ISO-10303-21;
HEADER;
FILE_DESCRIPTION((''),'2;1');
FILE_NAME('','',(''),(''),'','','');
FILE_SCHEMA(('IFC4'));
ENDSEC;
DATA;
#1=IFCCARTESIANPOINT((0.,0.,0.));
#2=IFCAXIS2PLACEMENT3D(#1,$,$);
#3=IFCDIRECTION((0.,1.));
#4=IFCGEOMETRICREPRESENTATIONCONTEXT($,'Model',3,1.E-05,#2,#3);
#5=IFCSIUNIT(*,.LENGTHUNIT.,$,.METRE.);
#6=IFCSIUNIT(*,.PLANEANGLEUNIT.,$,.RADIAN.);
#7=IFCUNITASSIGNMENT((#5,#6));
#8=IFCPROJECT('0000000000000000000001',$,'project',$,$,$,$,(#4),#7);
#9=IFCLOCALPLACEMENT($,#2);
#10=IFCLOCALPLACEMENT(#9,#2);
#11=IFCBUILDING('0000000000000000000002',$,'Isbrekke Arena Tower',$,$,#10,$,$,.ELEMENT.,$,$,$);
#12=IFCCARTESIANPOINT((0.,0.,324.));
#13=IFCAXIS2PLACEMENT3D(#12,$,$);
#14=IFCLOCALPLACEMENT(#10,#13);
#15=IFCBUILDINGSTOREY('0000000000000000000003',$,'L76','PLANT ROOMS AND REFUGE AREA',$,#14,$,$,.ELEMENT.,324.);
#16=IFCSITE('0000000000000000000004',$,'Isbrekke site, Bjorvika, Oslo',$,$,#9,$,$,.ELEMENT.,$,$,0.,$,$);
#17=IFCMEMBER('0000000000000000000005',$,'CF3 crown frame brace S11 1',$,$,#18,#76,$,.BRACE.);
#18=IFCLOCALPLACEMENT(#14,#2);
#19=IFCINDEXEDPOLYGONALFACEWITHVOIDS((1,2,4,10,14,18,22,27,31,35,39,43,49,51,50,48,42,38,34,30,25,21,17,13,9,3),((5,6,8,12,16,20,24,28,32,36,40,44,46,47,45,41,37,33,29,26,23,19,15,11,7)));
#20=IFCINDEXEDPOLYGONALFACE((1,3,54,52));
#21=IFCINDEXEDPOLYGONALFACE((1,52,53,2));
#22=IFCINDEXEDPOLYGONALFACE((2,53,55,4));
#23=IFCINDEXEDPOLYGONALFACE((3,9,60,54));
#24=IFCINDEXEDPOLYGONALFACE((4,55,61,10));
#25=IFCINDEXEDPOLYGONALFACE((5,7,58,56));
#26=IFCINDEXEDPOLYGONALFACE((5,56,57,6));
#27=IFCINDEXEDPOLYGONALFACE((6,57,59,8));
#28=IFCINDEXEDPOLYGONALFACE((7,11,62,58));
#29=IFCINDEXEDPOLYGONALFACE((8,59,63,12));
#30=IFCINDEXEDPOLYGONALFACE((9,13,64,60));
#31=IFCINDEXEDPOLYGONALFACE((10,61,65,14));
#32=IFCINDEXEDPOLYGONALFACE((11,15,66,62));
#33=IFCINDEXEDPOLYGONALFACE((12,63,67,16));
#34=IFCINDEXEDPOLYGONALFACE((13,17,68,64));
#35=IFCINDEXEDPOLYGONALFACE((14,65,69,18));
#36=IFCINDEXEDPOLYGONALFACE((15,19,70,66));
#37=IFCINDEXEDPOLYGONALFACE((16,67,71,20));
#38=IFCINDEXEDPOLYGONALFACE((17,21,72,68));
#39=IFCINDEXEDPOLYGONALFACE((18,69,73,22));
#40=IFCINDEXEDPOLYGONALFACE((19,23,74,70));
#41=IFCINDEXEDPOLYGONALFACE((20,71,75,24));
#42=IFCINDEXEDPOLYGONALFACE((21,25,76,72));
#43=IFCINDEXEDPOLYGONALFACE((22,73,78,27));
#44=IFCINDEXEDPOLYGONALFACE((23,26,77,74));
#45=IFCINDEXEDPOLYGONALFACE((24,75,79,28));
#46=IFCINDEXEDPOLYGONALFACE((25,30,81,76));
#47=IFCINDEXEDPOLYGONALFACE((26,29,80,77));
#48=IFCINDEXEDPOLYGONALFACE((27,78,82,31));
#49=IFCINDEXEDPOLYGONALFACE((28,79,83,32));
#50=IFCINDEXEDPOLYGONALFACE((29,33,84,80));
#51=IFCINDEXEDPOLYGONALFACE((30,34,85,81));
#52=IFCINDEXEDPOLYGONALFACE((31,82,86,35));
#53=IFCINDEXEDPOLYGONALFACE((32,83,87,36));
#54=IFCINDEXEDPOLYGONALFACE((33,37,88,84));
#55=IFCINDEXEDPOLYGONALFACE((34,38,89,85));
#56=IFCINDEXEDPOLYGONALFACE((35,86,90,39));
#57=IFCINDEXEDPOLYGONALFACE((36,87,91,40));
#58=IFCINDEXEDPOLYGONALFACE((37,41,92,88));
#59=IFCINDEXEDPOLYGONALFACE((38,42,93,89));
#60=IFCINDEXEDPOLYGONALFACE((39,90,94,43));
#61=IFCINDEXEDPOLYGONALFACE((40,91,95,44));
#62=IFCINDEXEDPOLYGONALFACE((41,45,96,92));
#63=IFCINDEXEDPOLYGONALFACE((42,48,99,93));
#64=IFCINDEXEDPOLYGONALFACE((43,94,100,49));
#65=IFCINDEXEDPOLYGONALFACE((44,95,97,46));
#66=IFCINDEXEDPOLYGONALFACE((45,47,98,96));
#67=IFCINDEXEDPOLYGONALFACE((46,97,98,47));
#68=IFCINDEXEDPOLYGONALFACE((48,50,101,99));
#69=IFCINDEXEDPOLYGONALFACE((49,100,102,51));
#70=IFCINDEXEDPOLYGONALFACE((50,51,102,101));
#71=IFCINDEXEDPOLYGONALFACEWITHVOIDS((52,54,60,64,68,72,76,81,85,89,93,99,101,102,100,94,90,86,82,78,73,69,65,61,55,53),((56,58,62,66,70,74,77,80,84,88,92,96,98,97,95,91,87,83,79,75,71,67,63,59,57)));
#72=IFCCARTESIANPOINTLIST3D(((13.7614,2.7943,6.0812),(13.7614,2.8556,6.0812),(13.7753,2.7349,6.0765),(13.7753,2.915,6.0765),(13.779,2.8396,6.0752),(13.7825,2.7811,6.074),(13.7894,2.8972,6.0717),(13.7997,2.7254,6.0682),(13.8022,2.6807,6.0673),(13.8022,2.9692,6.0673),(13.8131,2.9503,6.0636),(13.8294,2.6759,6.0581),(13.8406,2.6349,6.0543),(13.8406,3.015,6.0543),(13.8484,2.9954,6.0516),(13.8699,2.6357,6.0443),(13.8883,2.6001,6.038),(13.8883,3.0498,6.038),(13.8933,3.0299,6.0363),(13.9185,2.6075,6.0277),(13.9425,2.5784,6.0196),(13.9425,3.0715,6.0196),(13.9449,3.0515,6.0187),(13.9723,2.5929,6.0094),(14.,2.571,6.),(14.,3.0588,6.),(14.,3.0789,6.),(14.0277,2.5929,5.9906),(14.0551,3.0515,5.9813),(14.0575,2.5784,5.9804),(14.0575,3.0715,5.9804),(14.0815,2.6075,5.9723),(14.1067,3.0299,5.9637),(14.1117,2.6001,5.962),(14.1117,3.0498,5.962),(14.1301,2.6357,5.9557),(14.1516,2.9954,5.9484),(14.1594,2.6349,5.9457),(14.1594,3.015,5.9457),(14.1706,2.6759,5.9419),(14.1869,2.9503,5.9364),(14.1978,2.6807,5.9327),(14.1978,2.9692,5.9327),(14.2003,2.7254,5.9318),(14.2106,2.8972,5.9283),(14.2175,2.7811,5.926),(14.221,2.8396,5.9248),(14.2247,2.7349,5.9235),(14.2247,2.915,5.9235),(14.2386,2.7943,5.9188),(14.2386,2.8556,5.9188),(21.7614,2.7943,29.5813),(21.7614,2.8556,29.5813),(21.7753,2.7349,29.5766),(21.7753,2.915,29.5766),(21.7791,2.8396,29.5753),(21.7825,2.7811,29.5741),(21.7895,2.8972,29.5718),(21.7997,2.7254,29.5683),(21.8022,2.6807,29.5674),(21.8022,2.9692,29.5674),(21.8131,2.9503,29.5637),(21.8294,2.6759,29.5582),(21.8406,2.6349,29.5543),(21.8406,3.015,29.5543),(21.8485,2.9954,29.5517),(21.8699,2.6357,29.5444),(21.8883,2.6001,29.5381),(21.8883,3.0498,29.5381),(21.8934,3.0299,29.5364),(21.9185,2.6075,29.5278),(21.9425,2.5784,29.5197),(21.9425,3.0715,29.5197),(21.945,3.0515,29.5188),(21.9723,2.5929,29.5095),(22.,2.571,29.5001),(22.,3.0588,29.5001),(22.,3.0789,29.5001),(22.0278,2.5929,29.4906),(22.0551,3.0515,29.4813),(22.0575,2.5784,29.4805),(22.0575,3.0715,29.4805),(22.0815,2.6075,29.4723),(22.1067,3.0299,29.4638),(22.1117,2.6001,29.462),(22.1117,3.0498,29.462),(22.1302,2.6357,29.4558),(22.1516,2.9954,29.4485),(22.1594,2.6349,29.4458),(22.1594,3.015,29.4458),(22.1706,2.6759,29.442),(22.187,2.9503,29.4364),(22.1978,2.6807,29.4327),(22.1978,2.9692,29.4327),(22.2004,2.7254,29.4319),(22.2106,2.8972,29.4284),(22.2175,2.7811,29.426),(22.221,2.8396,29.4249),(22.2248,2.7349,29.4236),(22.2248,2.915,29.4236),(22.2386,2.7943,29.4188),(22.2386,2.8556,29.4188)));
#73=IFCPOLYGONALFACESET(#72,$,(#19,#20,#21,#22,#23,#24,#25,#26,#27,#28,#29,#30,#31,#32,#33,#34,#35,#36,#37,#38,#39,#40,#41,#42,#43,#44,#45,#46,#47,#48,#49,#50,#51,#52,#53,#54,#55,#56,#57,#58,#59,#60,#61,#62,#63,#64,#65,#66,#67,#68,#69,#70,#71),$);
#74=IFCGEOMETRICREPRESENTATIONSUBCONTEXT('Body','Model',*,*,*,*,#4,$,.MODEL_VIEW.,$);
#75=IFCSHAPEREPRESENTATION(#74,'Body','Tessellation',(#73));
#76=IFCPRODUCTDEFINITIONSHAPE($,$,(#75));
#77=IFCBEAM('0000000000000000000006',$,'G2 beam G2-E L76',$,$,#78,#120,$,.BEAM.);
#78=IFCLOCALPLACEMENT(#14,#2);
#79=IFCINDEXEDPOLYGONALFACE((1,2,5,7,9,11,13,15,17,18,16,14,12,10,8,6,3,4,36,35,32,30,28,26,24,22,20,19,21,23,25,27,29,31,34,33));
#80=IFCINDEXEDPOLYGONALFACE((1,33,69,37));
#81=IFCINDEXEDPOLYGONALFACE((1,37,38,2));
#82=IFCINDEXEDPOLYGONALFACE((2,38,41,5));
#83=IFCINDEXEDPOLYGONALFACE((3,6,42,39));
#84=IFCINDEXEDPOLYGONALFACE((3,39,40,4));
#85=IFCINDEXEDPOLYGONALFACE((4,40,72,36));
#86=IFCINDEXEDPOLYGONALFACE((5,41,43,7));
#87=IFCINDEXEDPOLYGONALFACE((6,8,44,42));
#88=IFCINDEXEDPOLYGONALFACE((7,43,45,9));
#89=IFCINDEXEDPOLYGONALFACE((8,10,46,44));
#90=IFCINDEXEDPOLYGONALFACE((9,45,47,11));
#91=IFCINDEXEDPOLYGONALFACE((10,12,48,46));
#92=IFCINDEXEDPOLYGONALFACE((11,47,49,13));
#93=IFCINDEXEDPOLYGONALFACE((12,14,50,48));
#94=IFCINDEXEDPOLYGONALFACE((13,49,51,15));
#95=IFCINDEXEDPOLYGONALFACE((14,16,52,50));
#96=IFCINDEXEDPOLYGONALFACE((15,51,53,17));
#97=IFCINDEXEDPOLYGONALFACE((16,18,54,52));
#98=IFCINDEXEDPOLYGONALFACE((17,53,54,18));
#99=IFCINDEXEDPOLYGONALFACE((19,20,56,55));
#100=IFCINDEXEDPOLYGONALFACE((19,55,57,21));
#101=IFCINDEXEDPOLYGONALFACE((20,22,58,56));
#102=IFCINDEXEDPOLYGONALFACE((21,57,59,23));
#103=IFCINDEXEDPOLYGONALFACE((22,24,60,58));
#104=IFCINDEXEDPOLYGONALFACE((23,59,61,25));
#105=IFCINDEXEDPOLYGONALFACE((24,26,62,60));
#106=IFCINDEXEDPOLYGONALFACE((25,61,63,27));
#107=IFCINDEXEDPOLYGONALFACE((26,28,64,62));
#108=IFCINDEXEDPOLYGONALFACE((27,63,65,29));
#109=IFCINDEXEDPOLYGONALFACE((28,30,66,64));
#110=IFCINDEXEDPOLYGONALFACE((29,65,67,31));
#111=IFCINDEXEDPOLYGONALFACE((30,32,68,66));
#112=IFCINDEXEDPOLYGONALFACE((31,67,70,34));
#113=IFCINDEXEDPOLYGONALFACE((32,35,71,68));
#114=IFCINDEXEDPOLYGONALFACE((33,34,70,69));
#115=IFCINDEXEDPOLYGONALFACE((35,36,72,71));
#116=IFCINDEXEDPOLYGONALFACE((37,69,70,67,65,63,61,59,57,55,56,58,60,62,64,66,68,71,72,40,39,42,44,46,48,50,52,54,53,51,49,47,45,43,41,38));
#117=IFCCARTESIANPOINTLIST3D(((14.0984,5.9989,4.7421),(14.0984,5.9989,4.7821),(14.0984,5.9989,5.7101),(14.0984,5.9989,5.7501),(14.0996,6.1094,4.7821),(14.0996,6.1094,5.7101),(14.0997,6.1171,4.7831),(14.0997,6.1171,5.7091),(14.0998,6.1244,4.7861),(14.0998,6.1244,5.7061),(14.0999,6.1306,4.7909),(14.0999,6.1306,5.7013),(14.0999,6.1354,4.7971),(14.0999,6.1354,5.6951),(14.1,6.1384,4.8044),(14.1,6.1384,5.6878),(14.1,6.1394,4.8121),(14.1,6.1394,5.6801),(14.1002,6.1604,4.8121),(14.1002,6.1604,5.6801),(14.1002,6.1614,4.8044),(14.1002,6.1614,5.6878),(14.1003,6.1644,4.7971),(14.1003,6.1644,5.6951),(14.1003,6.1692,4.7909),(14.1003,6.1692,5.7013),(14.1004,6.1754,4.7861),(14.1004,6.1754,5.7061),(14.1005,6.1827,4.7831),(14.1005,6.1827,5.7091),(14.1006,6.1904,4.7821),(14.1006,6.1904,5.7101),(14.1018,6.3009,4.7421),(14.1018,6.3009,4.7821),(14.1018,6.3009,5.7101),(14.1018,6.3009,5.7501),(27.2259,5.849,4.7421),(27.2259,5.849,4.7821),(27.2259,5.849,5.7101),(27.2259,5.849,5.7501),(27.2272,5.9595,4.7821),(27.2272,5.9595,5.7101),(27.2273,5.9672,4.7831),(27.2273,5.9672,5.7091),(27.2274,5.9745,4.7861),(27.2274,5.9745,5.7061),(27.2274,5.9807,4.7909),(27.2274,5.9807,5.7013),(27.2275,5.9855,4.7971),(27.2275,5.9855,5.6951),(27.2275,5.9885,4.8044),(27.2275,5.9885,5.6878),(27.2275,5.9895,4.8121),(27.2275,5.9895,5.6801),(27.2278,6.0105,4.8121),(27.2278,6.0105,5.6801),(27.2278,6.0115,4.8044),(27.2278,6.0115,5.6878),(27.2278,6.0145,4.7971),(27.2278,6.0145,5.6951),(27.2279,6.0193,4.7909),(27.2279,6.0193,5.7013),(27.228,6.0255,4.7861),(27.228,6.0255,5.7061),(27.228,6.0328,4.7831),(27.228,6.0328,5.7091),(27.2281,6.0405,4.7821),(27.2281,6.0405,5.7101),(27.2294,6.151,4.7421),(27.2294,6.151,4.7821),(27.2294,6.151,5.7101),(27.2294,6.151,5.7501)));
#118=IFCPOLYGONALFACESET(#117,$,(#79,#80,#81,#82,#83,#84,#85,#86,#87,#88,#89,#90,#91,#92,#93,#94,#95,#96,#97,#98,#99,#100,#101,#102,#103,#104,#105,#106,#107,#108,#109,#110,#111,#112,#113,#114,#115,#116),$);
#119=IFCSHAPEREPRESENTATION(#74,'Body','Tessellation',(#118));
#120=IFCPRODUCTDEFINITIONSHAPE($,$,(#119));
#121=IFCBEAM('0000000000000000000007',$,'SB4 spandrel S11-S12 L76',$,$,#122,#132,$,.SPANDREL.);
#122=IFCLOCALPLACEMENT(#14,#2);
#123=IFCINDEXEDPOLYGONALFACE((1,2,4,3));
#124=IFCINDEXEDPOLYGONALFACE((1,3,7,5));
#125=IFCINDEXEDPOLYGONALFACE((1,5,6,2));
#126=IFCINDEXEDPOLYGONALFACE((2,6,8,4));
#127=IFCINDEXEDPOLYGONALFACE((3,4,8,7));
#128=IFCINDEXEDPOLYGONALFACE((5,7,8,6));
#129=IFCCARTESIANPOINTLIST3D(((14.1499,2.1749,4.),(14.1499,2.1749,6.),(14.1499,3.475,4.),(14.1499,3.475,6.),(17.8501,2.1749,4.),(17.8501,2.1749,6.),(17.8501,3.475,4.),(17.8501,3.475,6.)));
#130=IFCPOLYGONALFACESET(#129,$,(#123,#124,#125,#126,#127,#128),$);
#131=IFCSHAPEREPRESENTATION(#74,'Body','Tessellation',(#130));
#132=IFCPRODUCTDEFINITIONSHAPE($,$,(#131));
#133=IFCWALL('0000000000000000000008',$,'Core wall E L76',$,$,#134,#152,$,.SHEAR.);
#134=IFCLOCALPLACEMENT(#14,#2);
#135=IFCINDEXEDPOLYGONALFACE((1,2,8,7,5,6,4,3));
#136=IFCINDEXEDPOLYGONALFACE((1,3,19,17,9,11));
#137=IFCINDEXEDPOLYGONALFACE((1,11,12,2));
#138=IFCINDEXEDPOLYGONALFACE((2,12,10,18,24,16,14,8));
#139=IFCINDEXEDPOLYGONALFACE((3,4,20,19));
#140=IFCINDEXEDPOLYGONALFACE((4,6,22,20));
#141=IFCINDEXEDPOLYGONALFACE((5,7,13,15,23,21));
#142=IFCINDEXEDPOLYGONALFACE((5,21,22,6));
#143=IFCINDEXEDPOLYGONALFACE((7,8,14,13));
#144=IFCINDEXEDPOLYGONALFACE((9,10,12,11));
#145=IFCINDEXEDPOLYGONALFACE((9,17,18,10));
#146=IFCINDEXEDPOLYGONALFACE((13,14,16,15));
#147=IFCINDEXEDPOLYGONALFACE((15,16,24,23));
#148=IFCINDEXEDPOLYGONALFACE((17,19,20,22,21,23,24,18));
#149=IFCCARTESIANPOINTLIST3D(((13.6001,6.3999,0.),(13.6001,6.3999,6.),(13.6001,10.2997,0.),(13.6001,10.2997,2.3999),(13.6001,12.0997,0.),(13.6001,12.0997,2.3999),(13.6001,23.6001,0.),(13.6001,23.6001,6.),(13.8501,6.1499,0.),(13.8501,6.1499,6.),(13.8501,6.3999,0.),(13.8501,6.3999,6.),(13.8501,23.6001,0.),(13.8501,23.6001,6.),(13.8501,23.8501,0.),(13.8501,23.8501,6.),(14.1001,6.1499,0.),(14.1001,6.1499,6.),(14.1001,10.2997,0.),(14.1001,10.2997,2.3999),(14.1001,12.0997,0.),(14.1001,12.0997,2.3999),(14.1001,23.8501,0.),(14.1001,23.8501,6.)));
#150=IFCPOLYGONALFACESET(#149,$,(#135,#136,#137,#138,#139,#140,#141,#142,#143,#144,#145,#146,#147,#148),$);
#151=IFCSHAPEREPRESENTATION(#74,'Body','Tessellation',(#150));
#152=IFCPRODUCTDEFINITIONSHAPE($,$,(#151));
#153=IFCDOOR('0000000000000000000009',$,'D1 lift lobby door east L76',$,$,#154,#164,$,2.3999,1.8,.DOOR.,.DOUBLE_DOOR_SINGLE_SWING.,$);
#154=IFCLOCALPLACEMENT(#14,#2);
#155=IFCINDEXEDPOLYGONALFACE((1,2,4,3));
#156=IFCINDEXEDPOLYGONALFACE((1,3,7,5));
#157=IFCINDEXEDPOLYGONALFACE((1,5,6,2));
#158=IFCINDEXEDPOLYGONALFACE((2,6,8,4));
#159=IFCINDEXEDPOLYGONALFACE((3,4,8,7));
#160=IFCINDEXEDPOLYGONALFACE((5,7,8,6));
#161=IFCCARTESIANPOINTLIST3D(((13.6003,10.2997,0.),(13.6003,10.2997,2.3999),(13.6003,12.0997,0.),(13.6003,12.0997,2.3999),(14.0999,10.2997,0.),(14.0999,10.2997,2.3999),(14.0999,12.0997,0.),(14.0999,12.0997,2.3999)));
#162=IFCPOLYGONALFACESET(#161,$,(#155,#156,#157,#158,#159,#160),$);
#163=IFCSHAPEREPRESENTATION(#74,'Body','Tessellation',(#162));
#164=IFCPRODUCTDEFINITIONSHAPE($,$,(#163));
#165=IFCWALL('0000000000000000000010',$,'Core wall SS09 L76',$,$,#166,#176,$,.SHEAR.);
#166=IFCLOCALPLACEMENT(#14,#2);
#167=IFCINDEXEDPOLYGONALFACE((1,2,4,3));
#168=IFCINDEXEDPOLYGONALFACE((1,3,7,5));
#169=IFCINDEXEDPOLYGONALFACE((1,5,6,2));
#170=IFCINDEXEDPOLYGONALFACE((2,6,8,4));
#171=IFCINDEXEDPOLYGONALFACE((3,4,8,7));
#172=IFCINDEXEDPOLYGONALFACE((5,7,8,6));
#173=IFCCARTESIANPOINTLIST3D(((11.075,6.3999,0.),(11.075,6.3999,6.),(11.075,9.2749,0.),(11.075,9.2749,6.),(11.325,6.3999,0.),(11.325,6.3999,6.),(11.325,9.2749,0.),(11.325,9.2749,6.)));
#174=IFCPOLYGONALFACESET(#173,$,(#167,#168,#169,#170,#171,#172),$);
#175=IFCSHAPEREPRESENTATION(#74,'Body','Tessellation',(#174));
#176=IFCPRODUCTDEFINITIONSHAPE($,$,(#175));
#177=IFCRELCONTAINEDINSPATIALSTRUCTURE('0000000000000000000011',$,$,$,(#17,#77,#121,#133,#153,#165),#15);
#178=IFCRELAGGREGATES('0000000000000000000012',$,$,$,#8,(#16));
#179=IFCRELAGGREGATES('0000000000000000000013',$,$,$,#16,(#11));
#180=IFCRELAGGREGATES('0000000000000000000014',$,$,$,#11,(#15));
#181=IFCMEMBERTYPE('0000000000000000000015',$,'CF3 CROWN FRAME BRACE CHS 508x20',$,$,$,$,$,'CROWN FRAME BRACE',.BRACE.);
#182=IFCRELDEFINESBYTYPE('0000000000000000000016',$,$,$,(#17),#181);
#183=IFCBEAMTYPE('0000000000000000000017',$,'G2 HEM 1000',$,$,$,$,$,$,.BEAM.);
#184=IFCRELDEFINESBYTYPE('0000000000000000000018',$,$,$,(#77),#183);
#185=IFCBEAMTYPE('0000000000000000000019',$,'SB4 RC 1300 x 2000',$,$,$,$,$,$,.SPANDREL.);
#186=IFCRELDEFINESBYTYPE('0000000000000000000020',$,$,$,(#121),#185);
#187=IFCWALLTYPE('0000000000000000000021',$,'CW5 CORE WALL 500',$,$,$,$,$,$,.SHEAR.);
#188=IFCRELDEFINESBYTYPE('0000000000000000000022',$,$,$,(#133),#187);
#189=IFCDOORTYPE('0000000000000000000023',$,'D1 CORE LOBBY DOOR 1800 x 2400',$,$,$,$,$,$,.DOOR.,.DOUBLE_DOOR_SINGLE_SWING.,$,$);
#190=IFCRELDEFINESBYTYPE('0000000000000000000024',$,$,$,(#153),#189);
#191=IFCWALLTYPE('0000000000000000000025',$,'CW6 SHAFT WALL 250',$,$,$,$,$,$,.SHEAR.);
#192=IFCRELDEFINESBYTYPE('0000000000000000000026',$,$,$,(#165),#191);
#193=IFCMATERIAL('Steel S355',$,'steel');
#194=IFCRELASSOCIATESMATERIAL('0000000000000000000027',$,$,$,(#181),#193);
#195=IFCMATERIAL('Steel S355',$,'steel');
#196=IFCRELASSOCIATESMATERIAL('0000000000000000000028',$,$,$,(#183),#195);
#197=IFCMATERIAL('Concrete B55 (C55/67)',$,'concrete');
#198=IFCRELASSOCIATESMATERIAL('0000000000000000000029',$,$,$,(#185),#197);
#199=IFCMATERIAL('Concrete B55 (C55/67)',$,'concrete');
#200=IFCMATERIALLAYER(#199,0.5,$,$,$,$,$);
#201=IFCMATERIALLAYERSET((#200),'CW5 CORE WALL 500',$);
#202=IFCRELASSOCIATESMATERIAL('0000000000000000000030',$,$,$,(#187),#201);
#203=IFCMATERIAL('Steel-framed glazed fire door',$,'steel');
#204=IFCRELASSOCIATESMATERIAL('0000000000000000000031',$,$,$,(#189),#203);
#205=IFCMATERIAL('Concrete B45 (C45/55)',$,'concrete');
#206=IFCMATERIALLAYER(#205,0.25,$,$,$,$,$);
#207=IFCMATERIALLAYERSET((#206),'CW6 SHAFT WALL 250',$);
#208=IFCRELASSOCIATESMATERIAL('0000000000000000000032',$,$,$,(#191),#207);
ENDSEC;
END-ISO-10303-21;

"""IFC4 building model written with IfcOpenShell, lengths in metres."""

from ifc_helpers import new_model, si_unit, direction, frame, frame_2d, origin, origin_2d, place, context, subcontext, project, spatial, polyline, rectangle, hollow_circle, i_section, outline, extrude, material, layer, layer_set, material_profile, profile_set, type_object, element, fill, save


model = new_model("IFC4")

# Units and contexts
model_context = context("Model", 3, precision=1e-05, world=origin(), true_north=direction((0.0, 1.0)))
body_context = subcontext(model_context, "Body", "Model", "MODEL_VIEW")
ifc_project = project(units=[si_unit("LENGTHUNIT", "METRE"), si_unit("PLANEANGLEUNIT", "RADIAN")], contexts=[model_context])

# Site, building, storey
site_placement = place(None, origin())
site = spatial("IfcSite", under=ifc_project, at=site_placement, Name="Isbrekke site, Bjorvika, Oslo", CompositionType="ELEMENT", RefElevation=0.0)
building_placement = place(site_placement, origin())
building = spatial("IfcBuilding", under=site, at=building_placement, Name="Isbrekke Arena Tower", CompositionType="ELEMENT")
storey_placement = place(building_placement, frame((0.0, 0.0, 324.0)))
storey = spatial("IfcBuildingStorey", under=building, at=storey_placement, Name="L76", Description="PLANT ROOMS AND REFUGE AREA", CompositionType="ELEMENT", Elevation=324.0)

# Member
ifc_material_1 = material(Name="Steel S355", Category="steel")
ifc_material_profile_1 = material_profile(ifc_material_1, hollow_circle(Radius=0.2539, WallThickness=0.02, at=origin_2d()), Name="CHS 508x20")
ifc_profile_set_1 = profile_set([ifc_material_profile_1], Name="Steel S355")
member_type = type_object("IfcMemberType", Name="CF3 CROWN FRAME BRACE CHS 508x20", ElementType="CROWN FRAME BRACE", PredefinedType="BRACE", material=ifc_profile_set_1)
for number, where, z_axis, x_axis, name in (
    (1, (14.0, 2.825, 6.0), (0.322264, 0.0, 0.94665), (0.0, 1.0, 0.0), "CF3 crown frame brace S11 1"),
):
    element("IfcMember", number, at=place(storey_placement, frame(where, z_axis=z_axis, x_axis=x_axis)), inside=storey, type_object=member_type, Name=name, PredefinedType="BRACE", context=body_context, shape_type="SweptSolid", body=[
        extrude(hollow_circle(Radius=0.2539, WallThickness=0.02, at=origin_2d()), origin(), (0.0, 0.0, 1.0), 24.8245),
    ])

# Beams
ifc_material_2 = material(Name="Steel S355", Category="steel")
ifc_material_profile_2 = material_profile(ifc_material_2, i_section(OverallWidth=0.302, OverallDepth=1.0081, WebThickness=0.021, FlangeThickness=0.04, FilletRadius=0.03, at=origin_2d()), Name="HEM 1000")
ifc_profile_set_2 = profile_set([ifc_material_profile_2], Name="Steel S355")
beam_type_1 = type_object("IfcBeamType", Name="G2 HEM 1000", PredefinedType="BEAM", material=ifc_profile_set_2)
beam_1_placement = place(storey_placement, frame((14.1001, 6.1499, 5.2461), z_axis=(0.999935, -0.011418, 0.0), x_axis=(0.011418, 0.999935, 0.0)))
element("IfcBeam", 2, at=beam_1_placement, inside=storey, type_object=beam_type_1, Name="G2 beam G2-E L76", PredefinedType="BEAM", context=body_context, shape_type="SweptSolid", body=[
    extrude(i_section(OverallWidth=0.302, OverallDepth=1.0081, WebThickness=0.021, FlangeThickness=0.04, FilletRadius=0.03, at=origin_2d()), origin(), (0.0, 0.0, 1.0), 13.1284),
])
ifc_material_3 = material(Name="Concrete B55 (C55/67)", Category="concrete")
ifc_material_profile_3 = material_profile(ifc_material_3, rectangle(XDim=1.3, YDim=2.0, at=origin_2d()), Name="RC 1300x2000")
ifc_profile_set_3 = profile_set([ifc_material_profile_3], Name="Concrete B55 (C55/67)")
beam_type_2 = type_object("IfcBeamType", Name="SB4 RC 1300 x 2000", PredefinedType="SPANDREL", material=ifc_profile_set_3)
beam_2_placement = place(storey_placement, frame((14.1499, 2.825, 5.0), z_axis=(1.0, 0.0, 0.0), x_axis=(0.0, 1.0, 0.0)))
element("IfcBeam", 3, at=beam_2_placement, inside=storey, type_object=beam_type_2, Name="SB4 spandrel S11-S12 L76", PredefinedType="SPANDREL", context=body_context, shape_type="SweptSolid", body=[
    extrude(rectangle(XDim=1.3, YDim=2.0, at=origin_2d()), origin(), (0.0, 0.0, 1.0), 3.7002),
])

# Wall, opening, door
ifc_material_4 = material(Name="Concrete B55 (C55/67)", Category="concrete")
ifc_layer_1 = layer(ifc_material_4, 0.5)
ifc_layer_set_1 = layer_set([ifc_layer_1], Name="CW5 CORE WALL 500")
wall_type_1 = type_object("IfcWallType", Name="CW5 CORE WALL 500", PredefinedType="SHEAR", material=ifc_layer_set_1)
wall_1_placement = place(storey_placement, frame((13.8501, 6.1499, 0.0), z_axis=(0.0, 0.0, 1.0), x_axis=(0.0, 1.0, 0.0)))
wall_1 = element("IfcWall", 4, at=wall_1_placement, inside=storey, type_object=wall_type_1, Name="Core wall E L76", PredefinedType="SHEAR", context=body_context, shape_type="SweptSolid", body=[
    extrude(outline(polyline([(0.0, -0.25), (17.7002, -0.25), (17.7002, 0.0), (17.4502, 0.0), (17.4502, 0.25), (0.25, 0.25), (0.25, 0.0), (0.0, 0.0), (0.0, -0.25)])), origin(), (0.0, 0.0, 1.0), 6.0),
])
opening_placement = place(wall_1_placement, frame((4.1499, 0.0, 0.0)))
opening = element("IfcOpeningElement", 5, at=opening_placement, cuts=wall_1, PredefinedType="OPENING", context=body_context, shape_type="SweptSolid", body=[
    extrude(rectangle(XDim=1.8, YDim=2.3999, at=frame_2d((0.8999, 1.2))), frame((0.0, 0.2649, 0.0), z_axis=(0.0, -1.0, 0.0), x_axis=(1.0, 0.0, 0.0)), (0.0, 0.0, 1.0), 0.5298),
])
ifc_material_5 = material(Name="Steel-framed glazed fire door", Category="steel")
door_type = type_object("IfcDoorType", Name="D1 CORE LOBBY DOOR 1800 x 2400", OperationType="DOUBLE_DOOR_SINGLE_SWING", PredefinedType="DOOR", material=ifc_material_5)
door_placement = place(opening_placement, origin())
door = element("IfcDoor", 6, at=door_placement, inside=storey, type_object=door_type, Name="D1 lift lobby door east L76", OperationType="DOUBLE_DOOR_SINGLE_SWING", OverallHeight=2.3999, OverallWidth=1.8, PredefinedType="DOOR", context=body_context, shape_type="SweptSolid", body=[
    extrude(rectangle(XDim=1.8, YDim=2.3999, at=frame_2d((0.8999, 1.2))), frame((0.0, 0.2498, 0.0), z_axis=(0.0, -1.0, 0.0), x_axis=(1.0, 0.0, 0.0)), (0.0, 0.0, 1.0), 0.4995),
])
fill(opening, door)

# Wall
ifc_material_6 = material(Name="Concrete B45 (C45/55)", Category="concrete")
ifc_layer_2 = layer(ifc_material_6, 0.25)
ifc_layer_set_2 = layer_set([ifc_layer_2], Name="CW6 SHAFT WALL 250")
wall_type_2 = type_object("IfcWallType", Name="CW6 SHAFT WALL 250", PredefinedType="SHEAR", material=ifc_layer_set_2)
wall_2_placement = place(storey_placement, frame((11.2, 6.3999, 0.0), z_axis=(0.0, 0.0, 1.0), x_axis=(0.0, 1.0, 0.0)))
element("IfcWall", 7, at=wall_2_placement, inside=storey, type_object=wall_type_2, Name="Core wall SS09 L76", PredefinedType="SHEAR", context=body_context, shape_type="SweptSolid", body=[
    extrude(rectangle(XDim=2.875, YDim=0.25, at=frame_2d((1.4375, 0.0))), origin(), (0.0, 0.0, 1.0), 6.0),
])

save(model, "model.ifc")
